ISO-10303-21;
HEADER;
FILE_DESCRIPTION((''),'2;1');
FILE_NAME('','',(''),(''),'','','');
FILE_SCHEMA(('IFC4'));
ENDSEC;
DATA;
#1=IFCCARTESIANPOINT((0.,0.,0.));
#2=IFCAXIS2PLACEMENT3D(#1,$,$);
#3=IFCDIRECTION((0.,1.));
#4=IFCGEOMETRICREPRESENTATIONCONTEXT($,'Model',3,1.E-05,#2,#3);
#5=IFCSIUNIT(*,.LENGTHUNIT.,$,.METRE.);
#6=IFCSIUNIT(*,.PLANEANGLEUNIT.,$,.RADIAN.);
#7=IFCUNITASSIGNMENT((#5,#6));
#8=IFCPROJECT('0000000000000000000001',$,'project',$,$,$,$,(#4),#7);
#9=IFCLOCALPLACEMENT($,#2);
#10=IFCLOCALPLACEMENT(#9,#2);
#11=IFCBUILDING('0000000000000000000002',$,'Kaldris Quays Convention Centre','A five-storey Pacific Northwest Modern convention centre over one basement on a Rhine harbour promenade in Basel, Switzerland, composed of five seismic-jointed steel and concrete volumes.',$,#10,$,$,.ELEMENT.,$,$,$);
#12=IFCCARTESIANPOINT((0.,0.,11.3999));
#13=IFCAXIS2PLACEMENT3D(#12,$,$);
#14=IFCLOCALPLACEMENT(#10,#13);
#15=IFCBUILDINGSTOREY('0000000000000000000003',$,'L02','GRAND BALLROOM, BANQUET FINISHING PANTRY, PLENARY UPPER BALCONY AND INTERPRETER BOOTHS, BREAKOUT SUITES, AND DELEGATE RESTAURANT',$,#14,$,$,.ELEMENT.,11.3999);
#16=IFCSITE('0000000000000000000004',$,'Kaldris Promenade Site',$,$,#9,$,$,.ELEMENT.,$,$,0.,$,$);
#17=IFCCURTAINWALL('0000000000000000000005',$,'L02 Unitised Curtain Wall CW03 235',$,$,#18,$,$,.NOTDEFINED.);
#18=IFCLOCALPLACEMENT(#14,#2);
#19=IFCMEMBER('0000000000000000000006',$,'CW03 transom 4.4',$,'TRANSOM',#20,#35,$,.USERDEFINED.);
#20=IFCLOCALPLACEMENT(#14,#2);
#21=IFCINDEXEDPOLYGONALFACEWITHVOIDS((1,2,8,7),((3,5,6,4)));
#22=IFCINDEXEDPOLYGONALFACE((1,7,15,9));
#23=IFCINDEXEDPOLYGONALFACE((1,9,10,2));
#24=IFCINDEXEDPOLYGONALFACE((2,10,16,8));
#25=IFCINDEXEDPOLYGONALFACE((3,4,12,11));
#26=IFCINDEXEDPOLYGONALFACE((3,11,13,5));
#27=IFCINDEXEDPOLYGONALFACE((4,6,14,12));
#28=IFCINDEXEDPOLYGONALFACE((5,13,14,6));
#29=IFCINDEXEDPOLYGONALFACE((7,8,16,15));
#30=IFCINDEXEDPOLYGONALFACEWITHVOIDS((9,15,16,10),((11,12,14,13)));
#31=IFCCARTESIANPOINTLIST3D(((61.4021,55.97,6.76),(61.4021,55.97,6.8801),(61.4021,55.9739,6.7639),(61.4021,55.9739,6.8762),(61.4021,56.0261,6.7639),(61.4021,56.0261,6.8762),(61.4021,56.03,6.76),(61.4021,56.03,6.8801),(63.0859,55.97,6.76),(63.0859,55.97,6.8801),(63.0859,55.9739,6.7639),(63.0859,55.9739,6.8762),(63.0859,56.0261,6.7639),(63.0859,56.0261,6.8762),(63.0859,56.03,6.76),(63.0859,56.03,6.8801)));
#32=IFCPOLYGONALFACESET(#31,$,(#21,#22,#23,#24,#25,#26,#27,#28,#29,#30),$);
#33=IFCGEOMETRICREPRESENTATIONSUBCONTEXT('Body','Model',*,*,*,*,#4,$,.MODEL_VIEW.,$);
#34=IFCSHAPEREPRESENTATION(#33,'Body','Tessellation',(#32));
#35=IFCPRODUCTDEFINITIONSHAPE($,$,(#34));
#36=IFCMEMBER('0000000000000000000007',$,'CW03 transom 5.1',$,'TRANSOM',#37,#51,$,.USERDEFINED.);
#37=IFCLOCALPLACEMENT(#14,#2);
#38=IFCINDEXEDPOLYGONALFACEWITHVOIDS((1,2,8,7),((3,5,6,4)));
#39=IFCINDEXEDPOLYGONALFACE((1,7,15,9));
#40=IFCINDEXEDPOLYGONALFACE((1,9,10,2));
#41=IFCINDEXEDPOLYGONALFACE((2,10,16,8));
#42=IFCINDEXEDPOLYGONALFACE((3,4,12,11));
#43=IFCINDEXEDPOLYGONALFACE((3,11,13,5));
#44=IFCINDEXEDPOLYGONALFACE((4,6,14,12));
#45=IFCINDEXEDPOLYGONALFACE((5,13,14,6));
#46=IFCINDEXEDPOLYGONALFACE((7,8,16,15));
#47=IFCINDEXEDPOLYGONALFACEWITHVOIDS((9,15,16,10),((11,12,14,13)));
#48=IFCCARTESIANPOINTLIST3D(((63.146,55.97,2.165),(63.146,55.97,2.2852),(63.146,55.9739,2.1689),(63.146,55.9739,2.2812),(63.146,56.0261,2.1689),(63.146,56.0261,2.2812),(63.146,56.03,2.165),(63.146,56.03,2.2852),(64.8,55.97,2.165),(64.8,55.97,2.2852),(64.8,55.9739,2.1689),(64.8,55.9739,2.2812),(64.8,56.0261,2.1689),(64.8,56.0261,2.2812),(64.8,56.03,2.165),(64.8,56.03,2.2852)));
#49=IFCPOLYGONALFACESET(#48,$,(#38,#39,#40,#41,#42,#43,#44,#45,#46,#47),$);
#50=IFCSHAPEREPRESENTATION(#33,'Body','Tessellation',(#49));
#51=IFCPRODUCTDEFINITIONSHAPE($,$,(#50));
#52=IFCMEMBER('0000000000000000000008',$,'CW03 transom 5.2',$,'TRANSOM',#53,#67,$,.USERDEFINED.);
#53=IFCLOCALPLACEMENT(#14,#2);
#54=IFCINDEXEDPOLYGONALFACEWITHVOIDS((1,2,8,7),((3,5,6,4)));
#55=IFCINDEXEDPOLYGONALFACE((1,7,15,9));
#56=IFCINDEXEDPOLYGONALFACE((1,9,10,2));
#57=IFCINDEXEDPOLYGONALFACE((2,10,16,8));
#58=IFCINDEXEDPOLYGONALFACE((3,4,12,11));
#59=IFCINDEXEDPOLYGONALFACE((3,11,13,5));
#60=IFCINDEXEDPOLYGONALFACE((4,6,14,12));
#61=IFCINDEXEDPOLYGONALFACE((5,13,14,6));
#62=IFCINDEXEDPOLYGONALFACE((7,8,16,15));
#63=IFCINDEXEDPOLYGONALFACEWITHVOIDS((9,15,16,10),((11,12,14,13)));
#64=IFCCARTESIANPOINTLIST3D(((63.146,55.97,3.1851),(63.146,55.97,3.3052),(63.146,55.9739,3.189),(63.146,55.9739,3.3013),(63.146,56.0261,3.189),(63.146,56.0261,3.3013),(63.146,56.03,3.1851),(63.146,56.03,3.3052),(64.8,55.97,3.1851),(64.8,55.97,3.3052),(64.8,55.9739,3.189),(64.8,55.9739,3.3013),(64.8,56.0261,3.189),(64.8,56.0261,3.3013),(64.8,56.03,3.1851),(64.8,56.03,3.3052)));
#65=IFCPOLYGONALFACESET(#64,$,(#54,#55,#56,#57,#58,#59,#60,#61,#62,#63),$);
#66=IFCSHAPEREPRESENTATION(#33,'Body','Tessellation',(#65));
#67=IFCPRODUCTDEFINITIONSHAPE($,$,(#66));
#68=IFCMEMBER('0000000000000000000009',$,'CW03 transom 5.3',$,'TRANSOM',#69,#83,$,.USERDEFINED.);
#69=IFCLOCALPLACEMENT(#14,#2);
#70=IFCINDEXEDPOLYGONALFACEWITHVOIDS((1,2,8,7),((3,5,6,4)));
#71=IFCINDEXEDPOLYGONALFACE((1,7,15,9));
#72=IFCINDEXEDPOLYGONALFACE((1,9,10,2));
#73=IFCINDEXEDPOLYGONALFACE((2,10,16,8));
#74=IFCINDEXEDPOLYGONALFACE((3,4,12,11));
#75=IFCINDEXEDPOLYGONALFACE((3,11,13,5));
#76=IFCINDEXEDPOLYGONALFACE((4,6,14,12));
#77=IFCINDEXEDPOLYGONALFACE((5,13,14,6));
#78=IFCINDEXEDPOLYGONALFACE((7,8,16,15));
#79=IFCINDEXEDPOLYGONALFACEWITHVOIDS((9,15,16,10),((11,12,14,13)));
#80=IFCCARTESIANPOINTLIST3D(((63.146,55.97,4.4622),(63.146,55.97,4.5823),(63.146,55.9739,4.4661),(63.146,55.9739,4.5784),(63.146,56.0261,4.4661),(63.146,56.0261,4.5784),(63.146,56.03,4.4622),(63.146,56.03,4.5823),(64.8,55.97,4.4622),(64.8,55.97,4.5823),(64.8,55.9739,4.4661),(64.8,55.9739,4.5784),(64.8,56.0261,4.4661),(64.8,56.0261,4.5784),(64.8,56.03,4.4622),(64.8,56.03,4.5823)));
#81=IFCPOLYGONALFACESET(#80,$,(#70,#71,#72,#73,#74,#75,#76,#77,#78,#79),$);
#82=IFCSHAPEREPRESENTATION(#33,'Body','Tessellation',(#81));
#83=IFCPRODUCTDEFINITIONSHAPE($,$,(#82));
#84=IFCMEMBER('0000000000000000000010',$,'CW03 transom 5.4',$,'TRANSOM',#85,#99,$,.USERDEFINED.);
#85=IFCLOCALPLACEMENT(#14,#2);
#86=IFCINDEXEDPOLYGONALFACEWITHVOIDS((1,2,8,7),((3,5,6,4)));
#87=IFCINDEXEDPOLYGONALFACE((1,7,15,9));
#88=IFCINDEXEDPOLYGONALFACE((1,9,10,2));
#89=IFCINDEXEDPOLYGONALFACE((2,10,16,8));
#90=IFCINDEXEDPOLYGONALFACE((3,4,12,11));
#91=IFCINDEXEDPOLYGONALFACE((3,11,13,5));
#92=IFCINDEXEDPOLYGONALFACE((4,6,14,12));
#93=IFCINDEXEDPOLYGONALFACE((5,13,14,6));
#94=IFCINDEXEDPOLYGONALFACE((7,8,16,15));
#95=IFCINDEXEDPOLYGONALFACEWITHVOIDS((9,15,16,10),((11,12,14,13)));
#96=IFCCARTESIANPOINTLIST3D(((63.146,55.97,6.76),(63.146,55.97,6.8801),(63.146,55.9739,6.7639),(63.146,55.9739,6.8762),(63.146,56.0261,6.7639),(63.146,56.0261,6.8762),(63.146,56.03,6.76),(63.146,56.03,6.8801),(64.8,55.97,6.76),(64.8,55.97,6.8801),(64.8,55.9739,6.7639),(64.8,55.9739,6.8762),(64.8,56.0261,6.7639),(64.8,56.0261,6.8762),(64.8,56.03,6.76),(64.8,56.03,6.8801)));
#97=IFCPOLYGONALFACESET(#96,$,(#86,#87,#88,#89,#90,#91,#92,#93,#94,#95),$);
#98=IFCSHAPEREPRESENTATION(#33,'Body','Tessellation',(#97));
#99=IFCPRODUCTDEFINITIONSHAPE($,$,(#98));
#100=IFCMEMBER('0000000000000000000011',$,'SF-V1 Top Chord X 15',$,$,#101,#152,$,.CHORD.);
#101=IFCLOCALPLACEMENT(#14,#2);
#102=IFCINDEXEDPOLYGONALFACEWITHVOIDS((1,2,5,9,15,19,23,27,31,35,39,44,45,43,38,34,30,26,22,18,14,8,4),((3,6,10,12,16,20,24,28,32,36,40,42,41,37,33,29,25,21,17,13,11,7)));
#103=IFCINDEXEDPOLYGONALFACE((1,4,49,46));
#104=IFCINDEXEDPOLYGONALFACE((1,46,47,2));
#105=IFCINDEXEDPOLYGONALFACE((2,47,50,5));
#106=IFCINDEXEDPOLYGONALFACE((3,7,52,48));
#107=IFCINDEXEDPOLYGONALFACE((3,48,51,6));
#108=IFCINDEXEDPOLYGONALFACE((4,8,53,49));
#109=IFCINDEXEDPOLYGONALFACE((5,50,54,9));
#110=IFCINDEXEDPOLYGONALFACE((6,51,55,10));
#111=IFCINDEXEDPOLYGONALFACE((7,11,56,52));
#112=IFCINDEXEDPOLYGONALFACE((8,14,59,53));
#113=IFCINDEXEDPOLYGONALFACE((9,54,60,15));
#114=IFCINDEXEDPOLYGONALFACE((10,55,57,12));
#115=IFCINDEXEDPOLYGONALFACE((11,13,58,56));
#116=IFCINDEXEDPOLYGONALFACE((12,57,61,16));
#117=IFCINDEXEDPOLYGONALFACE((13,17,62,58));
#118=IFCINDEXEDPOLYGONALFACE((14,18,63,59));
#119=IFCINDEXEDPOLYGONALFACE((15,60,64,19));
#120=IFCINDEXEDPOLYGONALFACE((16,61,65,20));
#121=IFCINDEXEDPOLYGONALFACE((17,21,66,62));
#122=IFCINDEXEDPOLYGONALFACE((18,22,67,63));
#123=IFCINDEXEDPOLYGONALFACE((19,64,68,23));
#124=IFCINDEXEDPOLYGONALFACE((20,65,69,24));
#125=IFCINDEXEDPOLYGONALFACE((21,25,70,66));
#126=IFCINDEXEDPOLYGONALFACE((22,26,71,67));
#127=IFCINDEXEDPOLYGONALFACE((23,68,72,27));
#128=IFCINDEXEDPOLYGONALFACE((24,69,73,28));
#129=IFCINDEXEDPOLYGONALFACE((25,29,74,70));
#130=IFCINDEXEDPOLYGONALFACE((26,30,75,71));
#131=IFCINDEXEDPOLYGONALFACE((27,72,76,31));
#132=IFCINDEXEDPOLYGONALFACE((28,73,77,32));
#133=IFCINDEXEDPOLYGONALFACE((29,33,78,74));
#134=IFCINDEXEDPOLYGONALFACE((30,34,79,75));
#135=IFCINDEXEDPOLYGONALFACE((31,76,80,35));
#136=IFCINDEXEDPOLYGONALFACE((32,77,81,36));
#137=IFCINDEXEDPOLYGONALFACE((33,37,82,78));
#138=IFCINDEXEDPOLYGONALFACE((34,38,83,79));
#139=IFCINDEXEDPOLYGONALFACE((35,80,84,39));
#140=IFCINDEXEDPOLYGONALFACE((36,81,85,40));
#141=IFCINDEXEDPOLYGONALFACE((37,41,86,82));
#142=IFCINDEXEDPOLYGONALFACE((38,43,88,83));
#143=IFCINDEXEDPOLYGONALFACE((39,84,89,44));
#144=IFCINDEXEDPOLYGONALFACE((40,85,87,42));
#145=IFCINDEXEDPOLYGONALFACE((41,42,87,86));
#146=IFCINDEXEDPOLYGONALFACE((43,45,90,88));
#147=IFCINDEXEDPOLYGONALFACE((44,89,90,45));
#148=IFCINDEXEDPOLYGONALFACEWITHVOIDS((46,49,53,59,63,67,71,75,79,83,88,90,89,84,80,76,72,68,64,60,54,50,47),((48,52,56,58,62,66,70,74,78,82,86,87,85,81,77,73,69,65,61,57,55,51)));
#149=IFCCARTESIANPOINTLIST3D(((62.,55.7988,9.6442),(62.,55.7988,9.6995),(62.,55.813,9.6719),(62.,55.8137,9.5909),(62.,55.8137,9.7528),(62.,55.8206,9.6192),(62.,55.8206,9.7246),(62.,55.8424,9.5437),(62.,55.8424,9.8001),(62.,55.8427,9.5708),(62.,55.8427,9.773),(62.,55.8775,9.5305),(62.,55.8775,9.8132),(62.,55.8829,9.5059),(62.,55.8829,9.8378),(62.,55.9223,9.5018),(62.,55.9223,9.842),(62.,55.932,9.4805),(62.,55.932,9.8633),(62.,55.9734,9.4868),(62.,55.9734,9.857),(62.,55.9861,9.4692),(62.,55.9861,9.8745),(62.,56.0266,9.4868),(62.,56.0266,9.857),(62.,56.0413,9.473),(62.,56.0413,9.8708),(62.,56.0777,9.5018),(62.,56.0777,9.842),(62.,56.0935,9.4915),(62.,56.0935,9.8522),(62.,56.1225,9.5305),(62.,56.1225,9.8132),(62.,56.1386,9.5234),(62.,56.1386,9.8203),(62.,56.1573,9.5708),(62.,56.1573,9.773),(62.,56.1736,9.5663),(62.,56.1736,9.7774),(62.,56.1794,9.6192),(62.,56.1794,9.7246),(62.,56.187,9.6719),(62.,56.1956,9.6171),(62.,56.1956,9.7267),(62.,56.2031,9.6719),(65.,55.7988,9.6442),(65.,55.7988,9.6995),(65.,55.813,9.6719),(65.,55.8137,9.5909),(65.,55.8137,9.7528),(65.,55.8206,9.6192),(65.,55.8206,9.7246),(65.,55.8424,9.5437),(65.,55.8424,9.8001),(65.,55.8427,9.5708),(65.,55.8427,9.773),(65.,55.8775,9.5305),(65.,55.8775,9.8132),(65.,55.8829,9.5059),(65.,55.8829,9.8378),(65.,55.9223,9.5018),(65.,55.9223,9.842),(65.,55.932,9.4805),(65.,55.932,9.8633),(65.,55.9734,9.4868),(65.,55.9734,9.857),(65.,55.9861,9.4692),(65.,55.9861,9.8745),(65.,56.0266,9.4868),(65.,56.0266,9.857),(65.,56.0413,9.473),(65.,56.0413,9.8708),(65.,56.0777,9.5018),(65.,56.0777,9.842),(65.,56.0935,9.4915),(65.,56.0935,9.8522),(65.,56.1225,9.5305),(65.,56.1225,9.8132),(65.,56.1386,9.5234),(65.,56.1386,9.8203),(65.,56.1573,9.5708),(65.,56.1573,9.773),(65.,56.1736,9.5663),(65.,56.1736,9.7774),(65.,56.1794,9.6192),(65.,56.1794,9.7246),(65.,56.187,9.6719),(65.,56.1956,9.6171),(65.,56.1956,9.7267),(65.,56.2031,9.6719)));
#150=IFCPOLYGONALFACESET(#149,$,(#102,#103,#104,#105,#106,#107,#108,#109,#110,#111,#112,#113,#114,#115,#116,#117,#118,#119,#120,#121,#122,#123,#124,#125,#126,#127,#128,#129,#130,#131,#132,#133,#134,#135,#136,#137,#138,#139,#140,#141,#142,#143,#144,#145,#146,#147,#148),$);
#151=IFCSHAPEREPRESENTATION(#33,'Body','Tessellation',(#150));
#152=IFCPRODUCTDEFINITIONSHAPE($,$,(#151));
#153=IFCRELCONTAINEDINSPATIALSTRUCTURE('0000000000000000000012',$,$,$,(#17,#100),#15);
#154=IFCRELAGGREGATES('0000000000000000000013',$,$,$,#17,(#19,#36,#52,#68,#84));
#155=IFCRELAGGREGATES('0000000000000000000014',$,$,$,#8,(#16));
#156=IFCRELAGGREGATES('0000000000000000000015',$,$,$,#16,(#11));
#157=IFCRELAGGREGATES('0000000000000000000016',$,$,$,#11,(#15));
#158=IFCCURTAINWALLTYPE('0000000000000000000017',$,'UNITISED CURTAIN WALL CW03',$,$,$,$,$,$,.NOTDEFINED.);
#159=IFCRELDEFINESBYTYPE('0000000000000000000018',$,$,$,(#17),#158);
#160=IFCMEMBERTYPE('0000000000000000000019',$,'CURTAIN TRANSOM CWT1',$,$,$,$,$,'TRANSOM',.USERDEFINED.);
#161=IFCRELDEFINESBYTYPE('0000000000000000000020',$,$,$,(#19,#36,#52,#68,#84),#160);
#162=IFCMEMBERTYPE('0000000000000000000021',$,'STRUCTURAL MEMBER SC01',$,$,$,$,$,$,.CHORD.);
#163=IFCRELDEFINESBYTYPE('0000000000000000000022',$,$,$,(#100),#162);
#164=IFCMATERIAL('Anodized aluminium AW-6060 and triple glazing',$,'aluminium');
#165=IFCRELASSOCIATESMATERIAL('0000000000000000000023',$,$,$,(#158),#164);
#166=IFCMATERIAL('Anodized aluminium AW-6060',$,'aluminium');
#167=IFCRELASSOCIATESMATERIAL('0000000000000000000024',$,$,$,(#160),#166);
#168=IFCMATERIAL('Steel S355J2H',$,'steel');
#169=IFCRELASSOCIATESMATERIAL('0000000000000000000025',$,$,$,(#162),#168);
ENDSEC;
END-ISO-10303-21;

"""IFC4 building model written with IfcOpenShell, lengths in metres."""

from ifc_helpers import new_model, si_unit, direction, frame, origin, origin_2d, place, context, subcontext, project, spatial, hollow_rectangle, hollow_circle, extrude, material, material_profile, profile_set, type_object, element, aggregate, save


model = new_model("IFC4")

# Units and contexts
model_context = context("Model", 3, precision=1e-05, world=origin(), true_north=direction((0.0, 1.0)))
body_context = subcontext(model_context, "Body", "Model", "MODEL_VIEW")
ifc_project = project(units=[si_unit("LENGTHUNIT", "METRE"), si_unit("PLANEANGLEUNIT", "RADIAN")], contexts=[model_context])

# Site, building, storey
site_placement = place(None, origin())
site = spatial("IfcSite", under=ifc_project, at=site_placement, Name="Kaldris Promenade Site", CompositionType="ELEMENT", RefElevation=0.0)
building_placement = place(site_placement, origin())
building = spatial("IfcBuilding", under=site, at=building_placement, Name="Kaldris Quays Convention Centre", Description="A five-storey Pacific Northwest Modern convention centre over one basement on a Rhine harbour promenade in Basel, Switzerland, composed of five seismic-jointed steel and concrete volumes.", CompositionType="ELEMENT")
storey_placement = place(building_placement, frame((0.0, 0.0, 11.3999)))
storey = spatial("IfcBuildingStorey", under=building, at=storey_placement, Name="L02", Description="GRAND BALLROOM, BANQUET FINISHING PANTRY, PLENARY UPPER BALCONY AND INTERPRETER BOOTHS, BREAKOUT SUITES, AND DELEGATE RESTAURANT", CompositionType="ELEMENT", Elevation=11.3999)

# Curtain wall
ifc_material_1 = material(Name="Anodized aluminium AW-6060 and triple glazing", Category="aluminium")
curtain_wall_type = type_object("IfcCurtainWallType", Name="UNITISED CURTAIN WALL CW03", PredefinedType="NOTDEFINED", material=ifc_material_1)
curtain_wall_1_placement = place(storey_placement, origin())
curtain_wall_1 = element("IfcCurtainWall", 1, at=curtain_wall_1_placement, inside=storey, type_object=curtain_wall_type, Name="L02 Unitised Curtain Wall CW03 235", PredefinedType="NOTDEFINED")
ifc_material_2 = material(Name="Anodized aluminium AW-6060", Category="aluminium")

# Members
ifc_material_profile_1 = material_profile(ifc_material_2, hollow_rectangle(XDim=0.0601, YDim=0.1201, WallThickness=0.0039, at=origin_2d()), Name="RHS 120x60x4")
ifc_profile_set_1 = profile_set([ifc_material_profile_1], Name="Anodized aluminium AW-6060")
member_type_1 = type_object("IfcMemberType", Name="CURTAIN TRANSOM CWT1", ElementType="TRANSOM", PredefinedType="USERDEFINED", material=ifc_profile_set_1)
member_1_placement = place(storey_placement, frame((61.4021, 56.0, 6.8201), z_axis=(1.0, 0.0, 0.0), x_axis=(0.0, 1.0, 0.0)))
member_1 = element("IfcMember", 2, at=member_1_placement, type_object=member_type_1, Name="CW03 transom 4.4", ObjectType="TRANSOM", PredefinedType="USERDEFINED", context=body_context, shape_type="SweptSolid", body=[
    extrude(hollow_rectangle(XDim=0.0601, YDim=0.1201, WallThickness=0.0039, at=origin_2d()), origin(), (0.0, 0.0, 1.0), 1.6838),
])
member_2_placement = place(storey_placement, frame((63.146, 56.0, 2.2251), z_axis=(1.0, 0.0, 0.0), x_axis=(0.0, 1.0, 0.0)))
member_2 = element("IfcMember", 3, at=member_2_placement, type_object=member_type_1, Name="CW03 transom 5.1", ObjectType="TRANSOM", PredefinedType="USERDEFINED", context=body_context, shape_type="SweptSolid", body=[
    extrude(hollow_rectangle(XDim=0.0601, YDim=0.1201, WallThickness=0.0039, at=origin_2d()), origin(), (0.0, 0.0, 1.0), 1.6541),
])
member_3_placement = place(storey_placement, frame((63.146, 56.0, 3.2451), z_axis=(1.0, 0.0, 0.0), x_axis=(0.0, 1.0, 0.0)))
member_3 = element("IfcMember", 4, at=member_3_placement, type_object=member_type_1, Name="CW03 transom 5.2", ObjectType="TRANSOM", PredefinedType="USERDEFINED", context=body_context, shape_type="SweptSolid", body=[
    extrude(hollow_rectangle(XDim=0.0601, YDim=0.1201, WallThickness=0.0039, at=origin_2d()), origin(), (0.0, 0.0, 1.0), 1.6541),
])
member_4_placement = place(storey_placement, frame((63.146, 56.0, 4.5222), z_axis=(1.0, 0.0, 0.0), x_axis=(0.0, 1.0, 0.0)))
member_4 = element("IfcMember", 5, at=member_4_placement, type_object=member_type_1, Name="CW03 transom 5.3", ObjectType="TRANSOM", PredefinedType="USERDEFINED", context=body_context, shape_type="SweptSolid", body=[
    extrude(hollow_rectangle(XDim=0.0601, YDim=0.1201, WallThickness=0.0039, at=origin_2d()), origin(), (0.0, 0.0, 1.0), 1.6541),
])
member_5_placement = place(storey_placement, frame((63.146, 56.0, 6.8201), z_axis=(1.0, 0.0, 0.0), x_axis=(0.0, 1.0, 0.0)))
member_5 = element("IfcMember", 6, at=member_5_placement, type_object=member_type_1, Name="CW03 transom 5.4", ObjectType="TRANSOM", PredefinedType="USERDEFINED", context=body_context, shape_type="SweptSolid", body=[
    extrude(hollow_rectangle(XDim=0.0601, YDim=0.1201, WallThickness=0.0039, at=origin_2d()), origin(), (0.0, 0.0, 1.0), 1.6541),
])

# Member
ifc_material_3 = material(Name="Steel S355J2H", Category="steel")
ifc_material_profile_2 = material_profile(ifc_material_3, hollow_circle(Radius=0.2031, WallThickness=0.0161, at=origin_2d()), Name="CHS 406.4x16")
ifc_profile_set_2 = profile_set([ifc_material_profile_2], Name="Steel S355J2H")
member_type_2 = type_object("IfcMemberType", Name="STRUCTURAL MEMBER SC01", PredefinedType="CHORD", material=ifc_profile_set_2)
for number, where, z_axis, x_axis, name in (
    (7, (62.0, 56.0, 9.6719), (1.0, 0.0, 0.0), (0.0, 1.0, 0.0), "SF-V1 Top Chord X 15"),
):
    element("IfcMember", number, at=place(storey_placement, frame(where, z_axis=z_axis, x_axis=x_axis)), inside=storey, type_object=member_type_2, Name=name, PredefinedType="CHORD", context=body_context, shape_type="SweptSolid", body=[
        extrude(hollow_circle(Radius=0.2031, WallThickness=0.0161, at=origin_2d()), origin(), (0.0, 0.0, 1.0), 3.0),
    ])

aggregate(curtain_wall_1, [member_1, member_2, member_3, member_4, member_5])

save(model, "model.ifc")
